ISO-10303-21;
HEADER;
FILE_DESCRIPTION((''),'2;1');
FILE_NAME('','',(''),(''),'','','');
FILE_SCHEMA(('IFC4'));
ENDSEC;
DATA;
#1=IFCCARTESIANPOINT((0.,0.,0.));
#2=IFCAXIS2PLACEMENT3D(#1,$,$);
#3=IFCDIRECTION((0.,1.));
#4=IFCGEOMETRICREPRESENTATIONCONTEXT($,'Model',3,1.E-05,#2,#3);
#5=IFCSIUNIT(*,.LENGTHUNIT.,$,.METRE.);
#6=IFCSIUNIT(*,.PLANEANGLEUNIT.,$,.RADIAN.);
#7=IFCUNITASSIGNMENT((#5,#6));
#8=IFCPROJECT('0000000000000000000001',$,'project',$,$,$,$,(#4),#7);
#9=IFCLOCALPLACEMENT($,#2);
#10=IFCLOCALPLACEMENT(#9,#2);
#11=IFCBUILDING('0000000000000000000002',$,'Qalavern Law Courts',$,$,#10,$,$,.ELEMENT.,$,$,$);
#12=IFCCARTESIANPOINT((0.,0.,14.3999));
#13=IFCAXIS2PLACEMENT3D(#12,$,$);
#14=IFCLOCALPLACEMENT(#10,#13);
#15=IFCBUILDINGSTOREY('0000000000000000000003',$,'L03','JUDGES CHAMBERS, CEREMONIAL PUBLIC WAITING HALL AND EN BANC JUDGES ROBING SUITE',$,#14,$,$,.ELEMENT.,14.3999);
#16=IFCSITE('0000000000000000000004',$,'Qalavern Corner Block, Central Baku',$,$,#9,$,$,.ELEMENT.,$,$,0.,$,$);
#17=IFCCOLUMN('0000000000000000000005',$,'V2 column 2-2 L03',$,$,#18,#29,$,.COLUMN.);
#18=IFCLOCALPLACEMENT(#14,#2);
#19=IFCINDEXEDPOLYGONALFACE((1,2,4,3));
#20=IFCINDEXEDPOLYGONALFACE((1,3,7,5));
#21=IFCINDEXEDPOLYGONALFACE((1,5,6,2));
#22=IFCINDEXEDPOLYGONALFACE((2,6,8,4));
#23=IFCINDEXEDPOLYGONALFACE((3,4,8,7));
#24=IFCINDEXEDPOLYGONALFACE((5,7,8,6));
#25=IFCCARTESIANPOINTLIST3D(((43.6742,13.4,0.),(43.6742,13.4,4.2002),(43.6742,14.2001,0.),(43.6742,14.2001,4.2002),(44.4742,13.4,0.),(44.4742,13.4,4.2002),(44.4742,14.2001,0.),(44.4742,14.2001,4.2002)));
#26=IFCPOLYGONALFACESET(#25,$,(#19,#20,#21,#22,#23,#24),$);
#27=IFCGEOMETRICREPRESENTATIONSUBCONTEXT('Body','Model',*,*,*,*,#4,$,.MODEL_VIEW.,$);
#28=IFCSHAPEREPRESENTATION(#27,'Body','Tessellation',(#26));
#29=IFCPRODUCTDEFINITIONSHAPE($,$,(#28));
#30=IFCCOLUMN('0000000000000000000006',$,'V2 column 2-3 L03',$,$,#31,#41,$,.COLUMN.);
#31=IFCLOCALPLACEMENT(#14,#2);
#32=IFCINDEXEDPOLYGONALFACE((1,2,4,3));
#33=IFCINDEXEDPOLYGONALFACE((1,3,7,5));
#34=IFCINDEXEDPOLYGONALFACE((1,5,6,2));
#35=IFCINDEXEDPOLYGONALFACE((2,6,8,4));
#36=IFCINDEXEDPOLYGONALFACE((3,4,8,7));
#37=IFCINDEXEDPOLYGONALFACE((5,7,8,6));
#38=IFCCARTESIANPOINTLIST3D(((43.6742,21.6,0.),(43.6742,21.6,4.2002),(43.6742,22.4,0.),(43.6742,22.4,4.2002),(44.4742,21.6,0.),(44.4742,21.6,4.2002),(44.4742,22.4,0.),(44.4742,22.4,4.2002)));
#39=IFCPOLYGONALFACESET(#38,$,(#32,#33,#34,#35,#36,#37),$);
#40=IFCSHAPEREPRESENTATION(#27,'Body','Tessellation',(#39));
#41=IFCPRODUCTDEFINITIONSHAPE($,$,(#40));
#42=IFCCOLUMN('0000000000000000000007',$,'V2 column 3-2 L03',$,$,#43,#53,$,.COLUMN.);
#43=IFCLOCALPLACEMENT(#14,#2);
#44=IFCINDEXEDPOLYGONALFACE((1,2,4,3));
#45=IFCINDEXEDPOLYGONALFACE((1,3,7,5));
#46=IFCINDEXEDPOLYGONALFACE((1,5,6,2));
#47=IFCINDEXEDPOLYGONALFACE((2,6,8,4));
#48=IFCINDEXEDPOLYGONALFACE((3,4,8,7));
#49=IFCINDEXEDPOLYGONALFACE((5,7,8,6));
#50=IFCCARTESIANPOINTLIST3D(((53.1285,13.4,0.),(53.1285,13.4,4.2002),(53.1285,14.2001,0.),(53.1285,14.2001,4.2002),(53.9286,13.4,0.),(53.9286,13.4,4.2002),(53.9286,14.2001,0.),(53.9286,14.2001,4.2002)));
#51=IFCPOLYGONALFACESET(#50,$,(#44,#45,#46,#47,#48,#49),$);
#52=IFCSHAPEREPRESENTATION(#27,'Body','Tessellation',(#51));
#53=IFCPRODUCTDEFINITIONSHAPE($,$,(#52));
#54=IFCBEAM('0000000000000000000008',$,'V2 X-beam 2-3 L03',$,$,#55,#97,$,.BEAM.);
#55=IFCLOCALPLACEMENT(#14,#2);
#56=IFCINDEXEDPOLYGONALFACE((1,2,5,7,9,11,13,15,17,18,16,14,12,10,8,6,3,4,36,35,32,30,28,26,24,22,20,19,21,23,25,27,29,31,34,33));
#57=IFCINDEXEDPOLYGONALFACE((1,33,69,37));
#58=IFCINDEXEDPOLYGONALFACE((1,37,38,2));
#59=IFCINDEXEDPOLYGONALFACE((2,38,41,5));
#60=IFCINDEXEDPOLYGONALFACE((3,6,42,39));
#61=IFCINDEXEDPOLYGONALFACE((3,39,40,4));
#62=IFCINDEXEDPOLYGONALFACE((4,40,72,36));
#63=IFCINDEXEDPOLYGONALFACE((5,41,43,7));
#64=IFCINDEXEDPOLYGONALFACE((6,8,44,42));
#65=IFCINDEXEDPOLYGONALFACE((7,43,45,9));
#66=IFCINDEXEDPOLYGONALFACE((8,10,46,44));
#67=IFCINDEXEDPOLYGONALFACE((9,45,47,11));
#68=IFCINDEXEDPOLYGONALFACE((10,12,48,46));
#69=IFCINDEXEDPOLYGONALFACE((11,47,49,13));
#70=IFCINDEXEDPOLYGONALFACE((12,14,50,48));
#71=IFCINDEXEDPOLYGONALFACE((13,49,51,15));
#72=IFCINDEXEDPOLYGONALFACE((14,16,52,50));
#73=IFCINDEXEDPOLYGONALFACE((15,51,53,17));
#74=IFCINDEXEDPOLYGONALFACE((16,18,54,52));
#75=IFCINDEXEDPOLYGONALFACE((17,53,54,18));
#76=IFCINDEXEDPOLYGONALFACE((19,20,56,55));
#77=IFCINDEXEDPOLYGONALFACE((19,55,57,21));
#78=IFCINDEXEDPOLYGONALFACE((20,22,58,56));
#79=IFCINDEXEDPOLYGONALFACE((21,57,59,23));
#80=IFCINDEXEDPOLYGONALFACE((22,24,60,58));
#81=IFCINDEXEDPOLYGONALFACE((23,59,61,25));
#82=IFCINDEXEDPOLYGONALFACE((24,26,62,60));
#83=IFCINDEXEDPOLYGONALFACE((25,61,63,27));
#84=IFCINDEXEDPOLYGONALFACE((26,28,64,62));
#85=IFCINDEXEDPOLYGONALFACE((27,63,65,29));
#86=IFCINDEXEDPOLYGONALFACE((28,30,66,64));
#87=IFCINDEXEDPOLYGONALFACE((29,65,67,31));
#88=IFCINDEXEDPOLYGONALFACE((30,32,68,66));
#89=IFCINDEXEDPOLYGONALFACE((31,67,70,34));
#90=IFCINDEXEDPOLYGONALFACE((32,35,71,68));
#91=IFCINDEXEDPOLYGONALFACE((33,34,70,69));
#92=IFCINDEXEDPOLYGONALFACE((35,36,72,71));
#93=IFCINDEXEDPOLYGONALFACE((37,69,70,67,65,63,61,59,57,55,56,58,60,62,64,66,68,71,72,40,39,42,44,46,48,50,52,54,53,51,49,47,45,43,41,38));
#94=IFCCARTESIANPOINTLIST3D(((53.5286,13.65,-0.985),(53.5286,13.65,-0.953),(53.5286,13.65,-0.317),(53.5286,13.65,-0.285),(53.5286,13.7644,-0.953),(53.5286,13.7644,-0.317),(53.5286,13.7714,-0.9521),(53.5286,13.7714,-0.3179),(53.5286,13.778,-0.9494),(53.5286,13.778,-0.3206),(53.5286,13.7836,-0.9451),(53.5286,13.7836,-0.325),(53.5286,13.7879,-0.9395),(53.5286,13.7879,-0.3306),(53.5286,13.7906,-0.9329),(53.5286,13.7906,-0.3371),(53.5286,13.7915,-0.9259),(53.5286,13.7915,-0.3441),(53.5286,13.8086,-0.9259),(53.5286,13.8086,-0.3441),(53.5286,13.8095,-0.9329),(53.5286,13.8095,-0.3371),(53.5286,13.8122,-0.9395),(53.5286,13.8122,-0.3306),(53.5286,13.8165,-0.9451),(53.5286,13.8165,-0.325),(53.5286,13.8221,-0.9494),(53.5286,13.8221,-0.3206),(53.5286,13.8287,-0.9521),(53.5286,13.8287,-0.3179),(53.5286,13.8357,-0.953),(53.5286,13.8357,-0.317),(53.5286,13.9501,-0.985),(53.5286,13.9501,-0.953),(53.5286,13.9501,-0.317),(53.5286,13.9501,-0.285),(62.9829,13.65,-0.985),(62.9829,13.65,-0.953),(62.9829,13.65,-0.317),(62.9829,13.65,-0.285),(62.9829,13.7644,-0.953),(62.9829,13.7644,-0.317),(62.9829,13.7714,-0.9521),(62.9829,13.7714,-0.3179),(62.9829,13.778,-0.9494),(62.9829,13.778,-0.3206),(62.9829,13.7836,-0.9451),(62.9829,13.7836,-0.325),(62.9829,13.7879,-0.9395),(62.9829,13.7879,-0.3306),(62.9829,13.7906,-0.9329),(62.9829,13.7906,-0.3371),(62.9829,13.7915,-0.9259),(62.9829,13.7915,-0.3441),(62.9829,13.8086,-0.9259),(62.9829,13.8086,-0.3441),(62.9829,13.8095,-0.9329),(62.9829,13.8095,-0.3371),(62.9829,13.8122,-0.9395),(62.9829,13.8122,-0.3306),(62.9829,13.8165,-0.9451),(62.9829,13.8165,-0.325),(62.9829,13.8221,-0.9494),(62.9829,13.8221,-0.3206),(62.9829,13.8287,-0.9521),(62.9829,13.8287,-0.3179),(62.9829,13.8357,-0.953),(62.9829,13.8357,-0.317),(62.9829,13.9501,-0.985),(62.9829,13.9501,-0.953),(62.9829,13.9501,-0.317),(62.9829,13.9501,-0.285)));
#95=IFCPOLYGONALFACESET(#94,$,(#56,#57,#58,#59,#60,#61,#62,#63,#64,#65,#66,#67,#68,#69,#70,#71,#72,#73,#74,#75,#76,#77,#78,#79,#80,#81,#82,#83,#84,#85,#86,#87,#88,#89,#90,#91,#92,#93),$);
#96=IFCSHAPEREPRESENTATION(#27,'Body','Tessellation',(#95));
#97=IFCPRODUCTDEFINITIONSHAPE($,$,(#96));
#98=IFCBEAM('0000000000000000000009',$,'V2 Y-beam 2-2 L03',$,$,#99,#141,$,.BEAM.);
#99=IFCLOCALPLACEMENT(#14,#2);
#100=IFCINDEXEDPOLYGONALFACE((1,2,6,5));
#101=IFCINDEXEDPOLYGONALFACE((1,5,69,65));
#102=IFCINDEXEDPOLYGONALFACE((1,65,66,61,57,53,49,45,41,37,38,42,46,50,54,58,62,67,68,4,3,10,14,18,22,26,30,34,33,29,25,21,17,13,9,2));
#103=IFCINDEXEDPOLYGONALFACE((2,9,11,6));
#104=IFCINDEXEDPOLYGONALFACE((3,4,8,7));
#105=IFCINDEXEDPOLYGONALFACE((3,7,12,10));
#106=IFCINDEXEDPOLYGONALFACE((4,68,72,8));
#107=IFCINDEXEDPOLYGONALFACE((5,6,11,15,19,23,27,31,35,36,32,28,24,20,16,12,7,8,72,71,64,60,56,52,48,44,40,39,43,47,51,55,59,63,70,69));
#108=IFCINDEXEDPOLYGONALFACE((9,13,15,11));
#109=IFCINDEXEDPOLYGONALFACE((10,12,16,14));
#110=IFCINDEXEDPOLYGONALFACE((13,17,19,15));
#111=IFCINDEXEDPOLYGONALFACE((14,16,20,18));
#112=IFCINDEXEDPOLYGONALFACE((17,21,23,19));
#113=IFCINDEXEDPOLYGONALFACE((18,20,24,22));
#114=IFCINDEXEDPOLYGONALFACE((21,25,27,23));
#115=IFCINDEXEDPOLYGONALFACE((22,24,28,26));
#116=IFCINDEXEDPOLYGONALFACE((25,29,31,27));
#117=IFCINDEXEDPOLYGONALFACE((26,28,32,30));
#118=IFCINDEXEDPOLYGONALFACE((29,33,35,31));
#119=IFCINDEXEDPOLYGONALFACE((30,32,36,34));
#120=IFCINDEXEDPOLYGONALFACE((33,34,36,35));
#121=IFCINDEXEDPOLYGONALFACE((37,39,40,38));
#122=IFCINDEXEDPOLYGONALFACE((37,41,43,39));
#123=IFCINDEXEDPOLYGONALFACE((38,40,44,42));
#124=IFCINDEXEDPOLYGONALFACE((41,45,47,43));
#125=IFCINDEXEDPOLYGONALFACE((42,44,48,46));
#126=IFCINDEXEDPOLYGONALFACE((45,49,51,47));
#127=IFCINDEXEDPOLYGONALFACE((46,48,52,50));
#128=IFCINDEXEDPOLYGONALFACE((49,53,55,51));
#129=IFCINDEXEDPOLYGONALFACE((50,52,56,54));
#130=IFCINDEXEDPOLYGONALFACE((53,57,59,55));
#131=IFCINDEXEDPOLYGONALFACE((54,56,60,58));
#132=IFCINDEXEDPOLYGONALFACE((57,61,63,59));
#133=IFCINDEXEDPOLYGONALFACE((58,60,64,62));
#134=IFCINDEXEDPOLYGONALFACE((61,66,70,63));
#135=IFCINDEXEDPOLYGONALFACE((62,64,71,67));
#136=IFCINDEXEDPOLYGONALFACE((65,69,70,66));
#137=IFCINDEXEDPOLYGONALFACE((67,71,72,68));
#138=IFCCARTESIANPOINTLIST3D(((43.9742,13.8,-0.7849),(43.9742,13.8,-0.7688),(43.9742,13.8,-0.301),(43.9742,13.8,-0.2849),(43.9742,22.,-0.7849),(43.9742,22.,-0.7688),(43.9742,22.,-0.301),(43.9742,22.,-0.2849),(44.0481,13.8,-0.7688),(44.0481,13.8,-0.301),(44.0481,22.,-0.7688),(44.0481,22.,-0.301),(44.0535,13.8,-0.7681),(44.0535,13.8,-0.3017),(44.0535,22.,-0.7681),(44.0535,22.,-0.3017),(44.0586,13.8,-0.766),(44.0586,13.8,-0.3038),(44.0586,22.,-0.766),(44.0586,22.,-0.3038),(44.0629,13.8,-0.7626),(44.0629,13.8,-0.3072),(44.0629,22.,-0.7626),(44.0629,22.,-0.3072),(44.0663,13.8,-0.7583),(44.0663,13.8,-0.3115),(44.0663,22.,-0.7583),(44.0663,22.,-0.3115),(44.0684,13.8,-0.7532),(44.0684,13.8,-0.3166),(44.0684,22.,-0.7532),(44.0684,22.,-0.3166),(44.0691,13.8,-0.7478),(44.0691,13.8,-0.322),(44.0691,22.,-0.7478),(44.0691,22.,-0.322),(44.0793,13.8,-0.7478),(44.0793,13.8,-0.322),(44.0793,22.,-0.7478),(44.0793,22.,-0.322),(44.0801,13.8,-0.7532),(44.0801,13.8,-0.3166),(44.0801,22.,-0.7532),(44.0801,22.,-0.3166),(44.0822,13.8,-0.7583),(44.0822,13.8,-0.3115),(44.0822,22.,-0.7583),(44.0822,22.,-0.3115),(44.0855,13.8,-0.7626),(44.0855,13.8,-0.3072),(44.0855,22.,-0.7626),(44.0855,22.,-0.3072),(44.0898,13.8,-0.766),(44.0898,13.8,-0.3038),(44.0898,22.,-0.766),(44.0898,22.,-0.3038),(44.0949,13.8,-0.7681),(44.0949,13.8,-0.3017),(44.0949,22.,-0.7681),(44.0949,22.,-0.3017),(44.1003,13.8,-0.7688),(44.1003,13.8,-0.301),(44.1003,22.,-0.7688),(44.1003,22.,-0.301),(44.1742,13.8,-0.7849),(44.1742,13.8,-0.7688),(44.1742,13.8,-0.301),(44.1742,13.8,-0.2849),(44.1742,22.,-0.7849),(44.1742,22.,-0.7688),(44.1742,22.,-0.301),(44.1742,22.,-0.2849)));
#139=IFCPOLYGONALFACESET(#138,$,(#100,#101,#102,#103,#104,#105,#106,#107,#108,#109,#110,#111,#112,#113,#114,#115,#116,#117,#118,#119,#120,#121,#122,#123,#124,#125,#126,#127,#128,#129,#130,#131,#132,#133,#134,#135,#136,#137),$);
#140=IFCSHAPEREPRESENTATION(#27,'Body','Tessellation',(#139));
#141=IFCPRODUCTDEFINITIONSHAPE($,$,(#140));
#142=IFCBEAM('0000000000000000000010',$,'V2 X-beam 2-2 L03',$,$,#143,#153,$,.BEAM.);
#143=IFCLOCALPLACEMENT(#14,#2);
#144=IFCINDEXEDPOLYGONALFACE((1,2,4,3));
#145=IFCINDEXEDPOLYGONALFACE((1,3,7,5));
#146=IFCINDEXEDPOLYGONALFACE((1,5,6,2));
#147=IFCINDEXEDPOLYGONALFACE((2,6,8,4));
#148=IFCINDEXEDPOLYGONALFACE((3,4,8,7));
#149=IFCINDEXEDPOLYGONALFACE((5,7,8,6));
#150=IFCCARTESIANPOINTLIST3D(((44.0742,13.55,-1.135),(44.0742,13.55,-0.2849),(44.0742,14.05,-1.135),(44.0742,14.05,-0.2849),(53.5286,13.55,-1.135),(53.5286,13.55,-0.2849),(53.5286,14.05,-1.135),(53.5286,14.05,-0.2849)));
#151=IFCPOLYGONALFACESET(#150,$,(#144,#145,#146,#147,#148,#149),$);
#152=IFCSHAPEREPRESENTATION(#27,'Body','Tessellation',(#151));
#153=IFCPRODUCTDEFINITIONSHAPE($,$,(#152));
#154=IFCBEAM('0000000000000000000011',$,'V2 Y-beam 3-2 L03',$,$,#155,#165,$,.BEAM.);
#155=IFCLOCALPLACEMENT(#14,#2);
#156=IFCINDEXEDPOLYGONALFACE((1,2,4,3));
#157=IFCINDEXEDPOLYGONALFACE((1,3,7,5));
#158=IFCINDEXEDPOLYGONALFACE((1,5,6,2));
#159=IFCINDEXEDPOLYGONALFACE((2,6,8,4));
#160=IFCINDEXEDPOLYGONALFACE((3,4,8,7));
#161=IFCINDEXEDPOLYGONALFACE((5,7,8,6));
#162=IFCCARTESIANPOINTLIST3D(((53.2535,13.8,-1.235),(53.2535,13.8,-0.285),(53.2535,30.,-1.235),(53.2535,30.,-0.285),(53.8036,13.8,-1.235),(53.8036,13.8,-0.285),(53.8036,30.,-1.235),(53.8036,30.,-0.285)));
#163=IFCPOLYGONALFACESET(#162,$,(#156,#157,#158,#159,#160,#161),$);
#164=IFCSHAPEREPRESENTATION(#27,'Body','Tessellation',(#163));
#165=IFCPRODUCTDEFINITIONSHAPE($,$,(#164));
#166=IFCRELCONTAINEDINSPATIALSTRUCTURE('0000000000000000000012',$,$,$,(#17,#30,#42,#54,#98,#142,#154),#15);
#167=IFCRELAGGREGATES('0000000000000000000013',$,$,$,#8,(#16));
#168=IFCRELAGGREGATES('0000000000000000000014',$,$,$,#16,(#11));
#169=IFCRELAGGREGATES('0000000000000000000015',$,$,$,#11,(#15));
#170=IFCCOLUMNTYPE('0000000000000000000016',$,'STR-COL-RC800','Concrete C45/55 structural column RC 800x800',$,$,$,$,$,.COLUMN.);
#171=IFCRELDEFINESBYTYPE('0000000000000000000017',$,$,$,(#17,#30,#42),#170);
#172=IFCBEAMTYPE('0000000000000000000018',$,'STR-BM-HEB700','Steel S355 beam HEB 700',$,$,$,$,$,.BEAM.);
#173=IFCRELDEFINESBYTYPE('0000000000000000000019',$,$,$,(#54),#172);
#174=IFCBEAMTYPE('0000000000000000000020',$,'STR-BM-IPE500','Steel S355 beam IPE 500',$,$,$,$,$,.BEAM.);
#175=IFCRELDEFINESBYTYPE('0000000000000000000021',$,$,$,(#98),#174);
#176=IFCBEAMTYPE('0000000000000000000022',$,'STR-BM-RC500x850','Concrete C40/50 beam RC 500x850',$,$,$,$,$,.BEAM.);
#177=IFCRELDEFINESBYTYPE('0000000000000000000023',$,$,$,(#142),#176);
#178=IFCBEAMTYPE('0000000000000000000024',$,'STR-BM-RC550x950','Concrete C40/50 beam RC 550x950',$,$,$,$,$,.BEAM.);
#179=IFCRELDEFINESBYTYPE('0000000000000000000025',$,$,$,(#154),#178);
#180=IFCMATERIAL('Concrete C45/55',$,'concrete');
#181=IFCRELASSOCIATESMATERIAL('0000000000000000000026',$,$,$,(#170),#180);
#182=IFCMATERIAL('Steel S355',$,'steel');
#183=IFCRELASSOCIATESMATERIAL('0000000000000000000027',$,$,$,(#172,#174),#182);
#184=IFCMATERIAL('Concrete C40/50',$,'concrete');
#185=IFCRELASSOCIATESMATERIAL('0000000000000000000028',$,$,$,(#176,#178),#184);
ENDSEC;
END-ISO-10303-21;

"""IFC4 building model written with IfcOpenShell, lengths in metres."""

from ifc_helpers import new_model, si_unit, direction, frame, origin, origin_2d, place, context, subcontext, project, spatial, rectangle, i_section, extrude, material, material_profile, profile_set, type_object, element, save


model = new_model("IFC4")

# Units and contexts
model_context = context("Model", 3, precision=1e-05, world=origin(), true_north=direction((0.0, 1.0)))
body_context = subcontext(model_context, "Body", "Model", "MODEL_VIEW")
ifc_project = project(units=[si_unit("LENGTHUNIT", "METRE"), si_unit("PLANEANGLEUNIT", "RADIAN")], contexts=[model_context])

# Site, building, storey
site_placement = place(None, origin())
site = spatial("IfcSite", under=ifc_project, at=site_placement, Name="Qalavern Corner Block, Central Baku", CompositionType="ELEMENT", RefElevation=0.0)
building_placement = place(site_placement, origin())
building = spatial("IfcBuilding", under=site, at=building_placement, Name="Qalavern Law Courts", CompositionType="ELEMENT")
storey_placement = place(building_placement, frame((0.0, 0.0, 14.3999)))
storey = spatial("IfcBuildingStorey", under=building, at=storey_placement, Name="L03", Description="JUDGES CHAMBERS, CEREMONIAL PUBLIC WAITING HALL AND EN BANC JUDGES ROBING SUITE", CompositionType="ELEMENT", Elevation=14.3999)

# Columns
ifc_material_1 = material(Name="Concrete C45/55", Category="concrete")
ifc_material_profile_1 = material_profile(ifc_material_1, rectangle(XDim=0.8, YDim=0.8, at=origin_2d()), Name="RC 800x800")
ifc_profile_set_1 = profile_set([ifc_material_profile_1], Name="Concrete C45/55")
column_type = type_object("IfcColumnType", Name="STR-COL-RC800", Description="Concrete C45/55 structural column RC 800x800", PredefinedType="COLUMN", material=ifc_profile_set_1)
for number, where, z_axis, x_axis, name in (
    (1, (44.0742, 13.8, 0.0), (0.0, 0.0, 1.0), (1.0, 0.0, 0.0), "V2 column 2-2 L03"),
    (2, (44.0742, 22.0, 0.0), (0.0, 0.0, 1.0), (1.0, 0.0, 0.0), "V2 column 2-3 L03"),
    (3, (53.5286, 13.8, 0.0), (0.0, 0.0, 1.0), (1.0, 0.0, 0.0), "V2 column 3-2 L03"),
):
    element("IfcColumn", number, at=place(storey_placement, frame(where, z_axis=z_axis, x_axis=x_axis)), inside=storey, type_object=column_type, Name=name, PredefinedType="COLUMN", context=body_context, shape_type="SweptSolid", body=[
        extrude(rectangle(XDim=0.8, YDim=0.8, at=origin_2d()), origin(), (0.0, 0.0, 1.0), 4.2002),
    ])

# Beams
ifc_material_2 = material(Name="Steel S355", Category="steel")
ifc_material_profile_2 = material_profile(ifc_material_2, i_section(OverallWidth=0.3, OverallDepth=0.7, WebThickness=0.0171, FlangeThickness=0.032, FilletRadius=0.0271, at=origin_2d()), Name="HEB 700")
ifc_profile_set_2 = profile_set([ifc_material_profile_2], Name="Steel S355")
beam_type_1 = type_object("IfcBeamType", Name="STR-BM-HEB700", Description="Steel S355 beam HEB 700", PredefinedType="BEAM", material=ifc_profile_set_2)
beam_1_placement = place(storey_placement, frame((53.5286, 13.8, -0.635), z_axis=(1.0, 0.0, 0.0), x_axis=(0.0, 1.0, 0.0)))
element("IfcBeam", 4, at=beam_1_placement, inside=storey, type_object=beam_type_1, Name="V2 X-beam 2-3 L03", PredefinedType="BEAM", context=body_context, shape_type="SweptSolid", body=[
    extrude(i_section(OverallWidth=0.3, OverallDepth=0.7, WebThickness=0.0171, FlangeThickness=0.032, FilletRadius=0.0271, at=origin_2d()), origin(), (0.0, 0.0, 1.0), 9.4543),
])
ifc_material_profile_3 = material_profile(ifc_material_2, i_section(OverallWidth=0.2, OverallDepth=0.5, WebThickness=0.0103, FlangeThickness=0.0161, FilletRadius=0.021, at=origin_2d()), Name="IPE 500")
ifc_profile_set_3 = profile_set([ifc_material_profile_3], Name="Steel S355")
beam_type_2 = type_object("IfcBeamType", Name="STR-BM-IPE500", Description="Steel S355 beam IPE 500", PredefinedType="BEAM", material=ifc_profile_set_3)
beam_2_placement = place(storey_placement, frame((44.0742, 13.8, -0.5349), z_axis=(0.0, 1.0, 0.0), x_axis=(-1.0, 0.0, 0.0)))
element("IfcBeam", 5, at=beam_2_placement, inside=storey, type_object=beam_type_2, Name="V2 Y-beam 2-2 L03", PredefinedType="BEAM", context=body_context, shape_type="SweptSolid", body=[
    extrude(i_section(OverallWidth=0.2, OverallDepth=0.5, WebThickness=0.0103, FlangeThickness=0.0161, FilletRadius=0.021, at=origin_2d()), origin(), (0.0, 0.0, 1.0), 8.2),
])
ifc_material_3 = material(Name="Concrete C40/50", Category="concrete")
ifc_material_profile_4 = material_profile(ifc_material_3, rectangle(XDim=0.5, YDim=0.8501, at=origin_2d()), Name="RC 500x850")
ifc_profile_set_4 = profile_set([ifc_material_profile_4], Name="Concrete C40/50")
beam_type_3 = type_object("IfcBeamType", Name="STR-BM-RC500x850", Description="Concrete C40/50 beam RC 500x850", PredefinedType="BEAM", material=ifc_profile_set_4)
beam_3_placement = place(storey_placement, frame((44.0742, 13.8, -0.71), z_axis=(1.0, 0.0, 0.0), x_axis=(0.0, 1.0, 0.0)))
element("IfcBeam", 6, at=beam_3_placement, inside=storey, type_object=beam_type_3, Name="V2 X-beam 2-2 L03", PredefinedType="BEAM", context=body_context, shape_type="SweptSolid", body=[
    extrude(rectangle(XDim=0.5, YDim=0.8501, at=origin_2d()), origin(), (0.0, 0.0, 1.0), 9.4543),
])
ifc_material_profile_5 = material_profile(ifc_material_3, rectangle(XDim=0.55, YDim=0.95, at=origin_2d()), Name="RC 550x950")
ifc_profile_set_5 = profile_set([ifc_material_profile_5], Name="Concrete C40/50")
beam_type_4 = type_object("IfcBeamType", Name="STR-BM-RC550x950", Description="Concrete C40/50 beam RC 550x950", PredefinedType="BEAM", material=ifc_profile_set_5)
beam_4_placement = place(storey_placement, frame((53.5286, 13.8, -0.76), z_axis=(0.0, 1.0, 0.0), x_axis=(-1.0, 0.0, 0.0)))
element("IfcBeam", 7, at=beam_4_placement, inside=storey, type_object=beam_type_4, Name="V2 Y-beam 3-2 L03", PredefinedType="BEAM", context=body_context, shape_type="SweptSolid", body=[
    extrude(rectangle(XDim=0.55, YDim=0.95, at=origin_2d()), origin(), (0.0, 0.0, 1.0), 16.2),
])

save(model, "model.ifc")
